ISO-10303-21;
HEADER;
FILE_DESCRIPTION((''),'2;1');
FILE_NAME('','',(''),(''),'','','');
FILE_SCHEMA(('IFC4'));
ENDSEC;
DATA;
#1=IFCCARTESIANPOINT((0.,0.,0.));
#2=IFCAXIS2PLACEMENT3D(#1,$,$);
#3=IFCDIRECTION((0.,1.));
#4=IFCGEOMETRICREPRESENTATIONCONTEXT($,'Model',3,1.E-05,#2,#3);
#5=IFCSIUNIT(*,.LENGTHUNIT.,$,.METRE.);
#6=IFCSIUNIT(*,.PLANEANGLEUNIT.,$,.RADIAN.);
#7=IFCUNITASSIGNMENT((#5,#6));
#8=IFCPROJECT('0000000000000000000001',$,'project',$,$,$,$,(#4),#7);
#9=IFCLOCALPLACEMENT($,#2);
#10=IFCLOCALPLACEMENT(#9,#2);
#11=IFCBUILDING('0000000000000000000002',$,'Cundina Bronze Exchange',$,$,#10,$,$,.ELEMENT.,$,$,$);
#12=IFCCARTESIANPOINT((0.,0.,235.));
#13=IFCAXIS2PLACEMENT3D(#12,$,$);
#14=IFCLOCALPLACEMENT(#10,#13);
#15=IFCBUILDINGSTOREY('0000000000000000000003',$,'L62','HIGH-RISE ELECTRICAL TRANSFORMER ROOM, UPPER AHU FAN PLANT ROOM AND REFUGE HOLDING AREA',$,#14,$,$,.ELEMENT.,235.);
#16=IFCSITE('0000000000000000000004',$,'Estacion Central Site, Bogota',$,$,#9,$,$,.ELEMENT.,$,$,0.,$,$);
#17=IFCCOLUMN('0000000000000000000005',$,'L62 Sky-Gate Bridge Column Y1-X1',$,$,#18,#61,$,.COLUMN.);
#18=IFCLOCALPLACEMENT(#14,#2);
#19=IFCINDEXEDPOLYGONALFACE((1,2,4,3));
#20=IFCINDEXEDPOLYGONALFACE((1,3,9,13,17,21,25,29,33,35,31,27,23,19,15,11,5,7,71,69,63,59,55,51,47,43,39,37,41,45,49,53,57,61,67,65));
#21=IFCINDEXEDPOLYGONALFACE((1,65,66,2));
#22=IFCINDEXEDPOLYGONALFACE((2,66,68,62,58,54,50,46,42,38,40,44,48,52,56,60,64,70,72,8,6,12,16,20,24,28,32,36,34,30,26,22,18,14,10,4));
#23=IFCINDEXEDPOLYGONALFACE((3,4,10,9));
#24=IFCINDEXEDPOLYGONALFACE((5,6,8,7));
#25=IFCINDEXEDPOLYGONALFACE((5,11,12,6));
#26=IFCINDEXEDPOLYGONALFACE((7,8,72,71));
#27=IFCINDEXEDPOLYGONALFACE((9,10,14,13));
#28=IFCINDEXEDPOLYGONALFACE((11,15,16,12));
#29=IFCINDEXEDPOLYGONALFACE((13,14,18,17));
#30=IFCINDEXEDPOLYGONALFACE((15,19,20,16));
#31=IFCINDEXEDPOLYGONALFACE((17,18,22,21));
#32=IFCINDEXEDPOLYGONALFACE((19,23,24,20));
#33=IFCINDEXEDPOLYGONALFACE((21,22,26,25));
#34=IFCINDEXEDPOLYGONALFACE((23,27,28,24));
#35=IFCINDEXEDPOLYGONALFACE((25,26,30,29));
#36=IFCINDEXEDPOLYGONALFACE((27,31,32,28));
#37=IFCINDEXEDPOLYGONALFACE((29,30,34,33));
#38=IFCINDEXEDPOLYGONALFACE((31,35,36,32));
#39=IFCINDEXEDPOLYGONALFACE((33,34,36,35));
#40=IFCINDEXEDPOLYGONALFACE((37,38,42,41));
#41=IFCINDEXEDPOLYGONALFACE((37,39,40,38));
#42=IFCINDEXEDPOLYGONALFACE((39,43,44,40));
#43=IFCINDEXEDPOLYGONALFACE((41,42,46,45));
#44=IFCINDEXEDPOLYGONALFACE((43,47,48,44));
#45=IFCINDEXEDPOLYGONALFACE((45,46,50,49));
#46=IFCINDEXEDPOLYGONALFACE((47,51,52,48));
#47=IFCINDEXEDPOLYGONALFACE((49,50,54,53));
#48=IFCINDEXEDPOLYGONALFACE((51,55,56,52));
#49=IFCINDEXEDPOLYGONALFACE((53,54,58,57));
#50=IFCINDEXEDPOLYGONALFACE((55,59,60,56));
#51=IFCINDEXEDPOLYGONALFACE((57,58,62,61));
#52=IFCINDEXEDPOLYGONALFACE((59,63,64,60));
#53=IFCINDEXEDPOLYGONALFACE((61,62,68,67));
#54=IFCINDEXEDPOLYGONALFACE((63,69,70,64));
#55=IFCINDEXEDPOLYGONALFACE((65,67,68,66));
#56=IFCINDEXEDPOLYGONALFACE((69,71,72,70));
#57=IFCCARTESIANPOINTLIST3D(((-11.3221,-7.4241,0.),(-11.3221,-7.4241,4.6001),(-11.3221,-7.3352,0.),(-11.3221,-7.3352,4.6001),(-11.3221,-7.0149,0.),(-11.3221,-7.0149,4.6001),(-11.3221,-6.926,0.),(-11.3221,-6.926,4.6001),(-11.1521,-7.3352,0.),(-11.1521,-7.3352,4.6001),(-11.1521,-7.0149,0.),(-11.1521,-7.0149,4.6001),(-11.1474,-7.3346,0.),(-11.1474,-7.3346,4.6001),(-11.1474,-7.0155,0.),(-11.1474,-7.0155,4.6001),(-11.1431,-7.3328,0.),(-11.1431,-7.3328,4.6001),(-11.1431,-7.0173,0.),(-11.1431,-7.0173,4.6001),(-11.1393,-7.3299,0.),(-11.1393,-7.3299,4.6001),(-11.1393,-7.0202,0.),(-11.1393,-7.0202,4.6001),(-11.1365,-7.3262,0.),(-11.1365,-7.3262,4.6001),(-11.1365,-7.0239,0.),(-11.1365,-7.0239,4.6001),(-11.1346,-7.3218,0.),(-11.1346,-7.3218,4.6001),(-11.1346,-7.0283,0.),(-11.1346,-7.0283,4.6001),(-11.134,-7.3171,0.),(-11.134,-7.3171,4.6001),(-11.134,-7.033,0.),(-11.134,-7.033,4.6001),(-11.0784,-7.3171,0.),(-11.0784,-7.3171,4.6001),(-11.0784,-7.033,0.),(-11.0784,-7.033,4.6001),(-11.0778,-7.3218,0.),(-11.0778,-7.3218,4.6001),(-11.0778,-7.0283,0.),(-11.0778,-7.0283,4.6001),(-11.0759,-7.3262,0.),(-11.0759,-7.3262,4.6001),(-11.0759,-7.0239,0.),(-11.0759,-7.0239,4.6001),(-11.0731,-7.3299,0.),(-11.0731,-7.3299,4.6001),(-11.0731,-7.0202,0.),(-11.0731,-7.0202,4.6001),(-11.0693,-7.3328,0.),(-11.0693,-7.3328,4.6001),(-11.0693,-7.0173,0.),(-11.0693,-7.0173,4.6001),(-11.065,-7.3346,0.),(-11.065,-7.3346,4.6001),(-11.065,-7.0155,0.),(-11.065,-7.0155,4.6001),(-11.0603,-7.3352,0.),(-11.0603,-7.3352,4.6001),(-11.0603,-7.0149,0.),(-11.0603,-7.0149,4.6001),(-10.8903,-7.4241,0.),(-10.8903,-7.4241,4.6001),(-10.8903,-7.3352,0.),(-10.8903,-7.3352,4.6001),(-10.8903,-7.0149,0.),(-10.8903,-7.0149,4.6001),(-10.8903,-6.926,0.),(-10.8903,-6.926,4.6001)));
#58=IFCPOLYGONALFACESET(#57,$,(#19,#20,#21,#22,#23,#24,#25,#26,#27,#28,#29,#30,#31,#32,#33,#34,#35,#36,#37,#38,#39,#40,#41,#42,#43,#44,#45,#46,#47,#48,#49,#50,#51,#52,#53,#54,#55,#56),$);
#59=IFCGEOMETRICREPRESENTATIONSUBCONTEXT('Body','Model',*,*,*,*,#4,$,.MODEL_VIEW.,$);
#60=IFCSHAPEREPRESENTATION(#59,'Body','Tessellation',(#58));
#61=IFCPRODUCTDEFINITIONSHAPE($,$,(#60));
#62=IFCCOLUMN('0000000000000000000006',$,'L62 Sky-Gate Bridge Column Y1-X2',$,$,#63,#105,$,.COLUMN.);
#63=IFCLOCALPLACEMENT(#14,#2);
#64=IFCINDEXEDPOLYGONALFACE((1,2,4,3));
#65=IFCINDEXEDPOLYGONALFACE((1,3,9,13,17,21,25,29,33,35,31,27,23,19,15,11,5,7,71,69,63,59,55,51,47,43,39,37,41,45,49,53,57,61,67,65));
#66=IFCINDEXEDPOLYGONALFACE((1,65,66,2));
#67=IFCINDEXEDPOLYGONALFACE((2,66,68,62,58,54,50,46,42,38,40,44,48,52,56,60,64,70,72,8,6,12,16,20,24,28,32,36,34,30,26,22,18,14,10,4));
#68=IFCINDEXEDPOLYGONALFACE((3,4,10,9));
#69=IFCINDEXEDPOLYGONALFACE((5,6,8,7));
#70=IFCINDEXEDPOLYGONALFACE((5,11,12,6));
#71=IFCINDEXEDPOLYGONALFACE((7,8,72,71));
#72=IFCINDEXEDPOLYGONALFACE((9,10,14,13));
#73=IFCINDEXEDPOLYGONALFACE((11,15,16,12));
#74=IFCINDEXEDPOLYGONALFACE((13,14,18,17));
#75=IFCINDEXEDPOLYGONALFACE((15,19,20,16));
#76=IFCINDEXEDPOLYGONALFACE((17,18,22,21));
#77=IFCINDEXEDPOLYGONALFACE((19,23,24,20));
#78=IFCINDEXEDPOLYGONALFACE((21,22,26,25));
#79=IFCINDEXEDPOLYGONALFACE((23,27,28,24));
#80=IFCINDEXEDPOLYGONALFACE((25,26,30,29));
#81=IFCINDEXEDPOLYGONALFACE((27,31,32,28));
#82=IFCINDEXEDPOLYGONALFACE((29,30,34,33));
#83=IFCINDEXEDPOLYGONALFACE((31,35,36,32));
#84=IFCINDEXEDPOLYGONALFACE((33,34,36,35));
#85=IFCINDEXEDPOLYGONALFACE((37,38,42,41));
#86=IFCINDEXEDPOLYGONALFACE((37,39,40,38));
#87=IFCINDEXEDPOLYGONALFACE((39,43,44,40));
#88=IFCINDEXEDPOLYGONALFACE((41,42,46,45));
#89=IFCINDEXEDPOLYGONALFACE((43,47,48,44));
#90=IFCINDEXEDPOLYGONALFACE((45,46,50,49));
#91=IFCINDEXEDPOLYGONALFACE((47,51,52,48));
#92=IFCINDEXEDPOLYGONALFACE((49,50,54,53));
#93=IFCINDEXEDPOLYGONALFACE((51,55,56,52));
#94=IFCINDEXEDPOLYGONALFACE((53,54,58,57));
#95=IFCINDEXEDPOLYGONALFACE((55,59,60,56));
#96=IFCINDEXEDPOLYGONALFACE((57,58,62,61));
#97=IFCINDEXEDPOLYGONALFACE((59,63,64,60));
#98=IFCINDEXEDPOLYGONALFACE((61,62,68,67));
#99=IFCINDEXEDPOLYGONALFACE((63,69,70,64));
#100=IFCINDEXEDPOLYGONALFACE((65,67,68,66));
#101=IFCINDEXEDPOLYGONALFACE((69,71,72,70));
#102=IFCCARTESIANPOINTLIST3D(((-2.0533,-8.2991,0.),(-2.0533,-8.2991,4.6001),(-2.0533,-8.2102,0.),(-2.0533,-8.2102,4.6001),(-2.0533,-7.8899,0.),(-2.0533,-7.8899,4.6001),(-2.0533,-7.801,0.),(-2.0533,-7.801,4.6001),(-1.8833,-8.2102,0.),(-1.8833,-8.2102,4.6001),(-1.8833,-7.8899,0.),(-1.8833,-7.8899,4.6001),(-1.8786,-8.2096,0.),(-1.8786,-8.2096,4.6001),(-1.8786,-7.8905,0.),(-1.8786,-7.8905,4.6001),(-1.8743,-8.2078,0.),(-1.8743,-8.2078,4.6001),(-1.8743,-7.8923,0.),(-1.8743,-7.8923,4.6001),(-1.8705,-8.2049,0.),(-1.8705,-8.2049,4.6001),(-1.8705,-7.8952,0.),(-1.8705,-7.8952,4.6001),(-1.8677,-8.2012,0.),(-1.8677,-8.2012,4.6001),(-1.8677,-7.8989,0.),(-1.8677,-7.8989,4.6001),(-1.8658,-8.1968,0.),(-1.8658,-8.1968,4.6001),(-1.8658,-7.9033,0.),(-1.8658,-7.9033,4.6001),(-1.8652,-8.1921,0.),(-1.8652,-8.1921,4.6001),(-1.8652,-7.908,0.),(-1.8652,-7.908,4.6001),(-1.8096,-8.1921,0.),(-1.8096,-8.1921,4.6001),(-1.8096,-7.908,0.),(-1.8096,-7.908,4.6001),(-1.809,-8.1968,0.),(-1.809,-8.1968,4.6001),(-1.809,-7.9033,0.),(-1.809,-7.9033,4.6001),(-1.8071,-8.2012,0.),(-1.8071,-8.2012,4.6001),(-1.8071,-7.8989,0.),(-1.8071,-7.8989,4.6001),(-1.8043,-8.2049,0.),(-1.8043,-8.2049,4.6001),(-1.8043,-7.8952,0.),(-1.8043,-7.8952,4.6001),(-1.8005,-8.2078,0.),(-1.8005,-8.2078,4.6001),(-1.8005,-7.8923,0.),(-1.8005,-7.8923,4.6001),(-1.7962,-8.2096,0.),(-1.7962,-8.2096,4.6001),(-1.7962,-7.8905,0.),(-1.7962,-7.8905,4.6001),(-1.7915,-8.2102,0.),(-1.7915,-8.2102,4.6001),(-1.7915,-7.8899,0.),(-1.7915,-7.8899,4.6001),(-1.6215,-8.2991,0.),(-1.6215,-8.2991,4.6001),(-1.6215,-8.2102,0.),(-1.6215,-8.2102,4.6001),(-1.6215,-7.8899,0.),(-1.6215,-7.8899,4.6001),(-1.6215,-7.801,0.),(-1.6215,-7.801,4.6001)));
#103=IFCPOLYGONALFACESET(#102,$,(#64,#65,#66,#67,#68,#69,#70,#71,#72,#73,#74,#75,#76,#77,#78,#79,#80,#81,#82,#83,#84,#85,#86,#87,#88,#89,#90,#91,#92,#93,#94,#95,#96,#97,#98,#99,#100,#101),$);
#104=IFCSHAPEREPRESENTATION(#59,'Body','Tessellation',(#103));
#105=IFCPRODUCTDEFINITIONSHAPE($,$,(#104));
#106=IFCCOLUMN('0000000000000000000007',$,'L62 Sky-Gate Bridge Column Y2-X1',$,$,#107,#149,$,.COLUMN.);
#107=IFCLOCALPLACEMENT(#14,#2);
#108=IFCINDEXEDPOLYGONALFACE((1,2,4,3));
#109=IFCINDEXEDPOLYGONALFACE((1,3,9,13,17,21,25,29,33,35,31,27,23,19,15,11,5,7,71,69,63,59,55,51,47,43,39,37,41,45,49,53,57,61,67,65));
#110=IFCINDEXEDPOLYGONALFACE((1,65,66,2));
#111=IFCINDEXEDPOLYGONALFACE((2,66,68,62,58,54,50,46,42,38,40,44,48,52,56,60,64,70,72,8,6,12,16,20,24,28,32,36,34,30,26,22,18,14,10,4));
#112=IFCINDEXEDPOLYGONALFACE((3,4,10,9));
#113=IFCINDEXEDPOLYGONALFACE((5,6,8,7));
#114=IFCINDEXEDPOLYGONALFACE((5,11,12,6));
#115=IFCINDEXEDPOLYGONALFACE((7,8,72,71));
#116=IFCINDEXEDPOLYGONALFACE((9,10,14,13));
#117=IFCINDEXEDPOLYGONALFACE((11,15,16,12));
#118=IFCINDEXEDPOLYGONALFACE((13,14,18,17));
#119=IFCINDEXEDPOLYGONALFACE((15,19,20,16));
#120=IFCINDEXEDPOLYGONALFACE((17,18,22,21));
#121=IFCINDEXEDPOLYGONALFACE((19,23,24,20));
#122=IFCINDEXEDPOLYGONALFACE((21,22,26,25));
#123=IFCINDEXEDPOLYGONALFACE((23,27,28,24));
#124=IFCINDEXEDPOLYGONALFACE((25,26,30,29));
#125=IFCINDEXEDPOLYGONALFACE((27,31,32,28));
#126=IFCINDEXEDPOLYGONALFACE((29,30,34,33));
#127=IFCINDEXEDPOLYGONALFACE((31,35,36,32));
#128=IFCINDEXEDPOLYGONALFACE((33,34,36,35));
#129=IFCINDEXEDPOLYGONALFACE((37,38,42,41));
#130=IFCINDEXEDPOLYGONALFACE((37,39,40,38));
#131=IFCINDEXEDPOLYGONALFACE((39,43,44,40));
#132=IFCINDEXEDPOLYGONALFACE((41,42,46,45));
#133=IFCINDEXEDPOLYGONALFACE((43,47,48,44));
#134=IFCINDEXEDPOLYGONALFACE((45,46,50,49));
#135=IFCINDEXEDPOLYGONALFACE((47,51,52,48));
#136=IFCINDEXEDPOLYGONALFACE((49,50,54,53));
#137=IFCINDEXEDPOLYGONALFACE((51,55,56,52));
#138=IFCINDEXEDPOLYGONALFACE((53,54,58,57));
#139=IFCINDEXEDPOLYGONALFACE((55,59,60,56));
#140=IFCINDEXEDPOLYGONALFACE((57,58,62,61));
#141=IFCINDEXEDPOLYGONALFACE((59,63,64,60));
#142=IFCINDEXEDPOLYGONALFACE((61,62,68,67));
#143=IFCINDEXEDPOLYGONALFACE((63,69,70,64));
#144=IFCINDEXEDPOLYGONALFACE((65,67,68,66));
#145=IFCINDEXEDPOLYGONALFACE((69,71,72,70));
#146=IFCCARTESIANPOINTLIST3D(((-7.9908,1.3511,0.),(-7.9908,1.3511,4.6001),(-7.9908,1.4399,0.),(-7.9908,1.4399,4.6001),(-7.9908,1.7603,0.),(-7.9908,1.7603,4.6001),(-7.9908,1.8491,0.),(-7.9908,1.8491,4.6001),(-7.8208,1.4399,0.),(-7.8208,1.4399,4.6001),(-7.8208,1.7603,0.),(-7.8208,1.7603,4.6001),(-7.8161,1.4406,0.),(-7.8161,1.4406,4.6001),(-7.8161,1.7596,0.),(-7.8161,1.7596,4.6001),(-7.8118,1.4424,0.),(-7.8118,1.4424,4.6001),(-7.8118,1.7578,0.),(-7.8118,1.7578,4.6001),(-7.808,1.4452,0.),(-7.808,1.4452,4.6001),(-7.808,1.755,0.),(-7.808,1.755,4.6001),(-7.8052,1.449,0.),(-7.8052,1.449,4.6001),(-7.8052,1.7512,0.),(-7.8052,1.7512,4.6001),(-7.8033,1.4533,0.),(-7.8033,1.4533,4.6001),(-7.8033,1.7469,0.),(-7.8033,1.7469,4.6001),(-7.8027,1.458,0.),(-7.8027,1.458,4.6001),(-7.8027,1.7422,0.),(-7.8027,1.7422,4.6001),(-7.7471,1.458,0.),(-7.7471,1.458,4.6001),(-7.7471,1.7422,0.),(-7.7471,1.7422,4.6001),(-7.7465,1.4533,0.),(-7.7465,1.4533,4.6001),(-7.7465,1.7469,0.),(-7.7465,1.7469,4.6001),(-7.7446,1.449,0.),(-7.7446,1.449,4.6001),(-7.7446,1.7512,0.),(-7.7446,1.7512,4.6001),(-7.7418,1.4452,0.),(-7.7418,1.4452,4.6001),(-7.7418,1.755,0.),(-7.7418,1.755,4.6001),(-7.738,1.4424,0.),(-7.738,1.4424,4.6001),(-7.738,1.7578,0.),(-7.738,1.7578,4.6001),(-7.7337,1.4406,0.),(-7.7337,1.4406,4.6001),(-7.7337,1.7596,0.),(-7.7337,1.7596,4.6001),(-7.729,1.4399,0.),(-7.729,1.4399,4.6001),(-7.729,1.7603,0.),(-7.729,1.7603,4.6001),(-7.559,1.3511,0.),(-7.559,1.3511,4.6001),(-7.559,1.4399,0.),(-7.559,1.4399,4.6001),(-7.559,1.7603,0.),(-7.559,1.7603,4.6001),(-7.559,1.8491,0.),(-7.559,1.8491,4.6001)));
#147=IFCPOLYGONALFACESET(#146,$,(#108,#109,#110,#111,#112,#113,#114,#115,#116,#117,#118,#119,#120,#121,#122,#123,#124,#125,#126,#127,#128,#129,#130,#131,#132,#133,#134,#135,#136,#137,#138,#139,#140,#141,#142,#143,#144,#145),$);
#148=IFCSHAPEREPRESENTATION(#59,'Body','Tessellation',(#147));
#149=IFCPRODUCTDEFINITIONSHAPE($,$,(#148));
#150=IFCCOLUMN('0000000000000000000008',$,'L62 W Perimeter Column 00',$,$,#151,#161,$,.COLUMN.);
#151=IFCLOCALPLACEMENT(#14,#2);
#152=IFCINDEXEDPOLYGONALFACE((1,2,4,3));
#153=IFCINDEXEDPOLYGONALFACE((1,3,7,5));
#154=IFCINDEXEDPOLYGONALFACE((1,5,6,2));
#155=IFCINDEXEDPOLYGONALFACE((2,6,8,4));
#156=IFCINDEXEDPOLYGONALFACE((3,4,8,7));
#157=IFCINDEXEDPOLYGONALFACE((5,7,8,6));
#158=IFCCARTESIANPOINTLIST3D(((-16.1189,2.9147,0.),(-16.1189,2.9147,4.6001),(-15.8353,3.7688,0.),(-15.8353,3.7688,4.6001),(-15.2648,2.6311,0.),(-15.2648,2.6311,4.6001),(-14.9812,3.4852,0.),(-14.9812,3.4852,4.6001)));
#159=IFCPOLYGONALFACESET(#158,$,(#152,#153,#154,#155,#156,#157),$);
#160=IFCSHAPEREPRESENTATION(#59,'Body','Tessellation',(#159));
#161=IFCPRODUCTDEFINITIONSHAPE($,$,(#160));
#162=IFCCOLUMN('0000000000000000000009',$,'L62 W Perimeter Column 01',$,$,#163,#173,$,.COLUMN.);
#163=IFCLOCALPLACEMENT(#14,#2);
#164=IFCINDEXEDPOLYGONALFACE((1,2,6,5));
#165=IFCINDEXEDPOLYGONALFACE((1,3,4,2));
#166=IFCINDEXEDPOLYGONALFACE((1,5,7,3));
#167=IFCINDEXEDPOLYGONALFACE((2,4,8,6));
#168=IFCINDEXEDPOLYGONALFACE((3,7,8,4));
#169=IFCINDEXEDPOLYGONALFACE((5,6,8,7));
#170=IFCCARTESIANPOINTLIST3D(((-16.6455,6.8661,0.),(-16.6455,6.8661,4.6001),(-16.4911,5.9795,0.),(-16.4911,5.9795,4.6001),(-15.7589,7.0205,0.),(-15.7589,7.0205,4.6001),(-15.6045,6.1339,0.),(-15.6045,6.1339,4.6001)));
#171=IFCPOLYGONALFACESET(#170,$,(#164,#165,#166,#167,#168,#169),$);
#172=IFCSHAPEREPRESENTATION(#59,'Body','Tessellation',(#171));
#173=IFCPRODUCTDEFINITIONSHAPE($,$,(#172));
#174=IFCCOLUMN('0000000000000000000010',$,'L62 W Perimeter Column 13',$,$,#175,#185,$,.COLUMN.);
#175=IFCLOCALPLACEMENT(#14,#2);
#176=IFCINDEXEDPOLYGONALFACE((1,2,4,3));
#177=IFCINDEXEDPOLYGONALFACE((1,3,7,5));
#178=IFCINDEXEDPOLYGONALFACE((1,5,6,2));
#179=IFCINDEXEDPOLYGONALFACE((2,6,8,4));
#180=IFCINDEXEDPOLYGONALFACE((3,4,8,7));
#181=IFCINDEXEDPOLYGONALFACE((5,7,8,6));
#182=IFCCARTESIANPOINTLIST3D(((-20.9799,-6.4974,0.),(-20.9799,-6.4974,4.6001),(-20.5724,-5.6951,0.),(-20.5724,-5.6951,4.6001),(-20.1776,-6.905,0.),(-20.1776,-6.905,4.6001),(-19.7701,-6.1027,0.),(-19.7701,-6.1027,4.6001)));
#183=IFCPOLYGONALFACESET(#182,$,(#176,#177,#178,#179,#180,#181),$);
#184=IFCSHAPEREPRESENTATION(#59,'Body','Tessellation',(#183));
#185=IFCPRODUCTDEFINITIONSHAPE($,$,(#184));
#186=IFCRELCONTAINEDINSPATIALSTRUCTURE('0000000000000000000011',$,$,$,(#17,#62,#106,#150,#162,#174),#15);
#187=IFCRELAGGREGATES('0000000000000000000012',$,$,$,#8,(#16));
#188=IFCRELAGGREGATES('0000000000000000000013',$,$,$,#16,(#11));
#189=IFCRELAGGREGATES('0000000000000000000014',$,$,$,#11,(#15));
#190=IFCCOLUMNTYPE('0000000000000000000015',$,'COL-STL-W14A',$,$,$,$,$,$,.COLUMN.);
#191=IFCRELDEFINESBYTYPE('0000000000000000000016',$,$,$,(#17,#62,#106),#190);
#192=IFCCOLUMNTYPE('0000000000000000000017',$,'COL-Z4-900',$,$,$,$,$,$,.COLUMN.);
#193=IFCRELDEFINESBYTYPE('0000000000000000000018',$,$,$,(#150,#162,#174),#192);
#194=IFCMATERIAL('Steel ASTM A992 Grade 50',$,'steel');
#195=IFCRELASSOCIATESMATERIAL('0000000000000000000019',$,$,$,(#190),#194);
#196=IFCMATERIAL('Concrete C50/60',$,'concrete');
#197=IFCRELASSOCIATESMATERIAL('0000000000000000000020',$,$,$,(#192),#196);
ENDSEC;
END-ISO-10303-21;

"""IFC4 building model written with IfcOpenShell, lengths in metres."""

from ifc_helpers import new_model, si_unit, direction, frame, origin, origin_2d, place, context, subcontext, project, spatial, rectangle, i_section, extrude, material, material_profile, profile_set, type_object, element, save


model = new_model("IFC4")

# Units and contexts
model_context = context("Model", 3, precision=1e-05, world=origin(), true_north=direction((0.0, 1.0)))
body_context = subcontext(model_context, "Body", "Model", "MODEL_VIEW")
ifc_project = project(units=[si_unit("LENGTHUNIT", "METRE"), si_unit("PLANEANGLEUNIT", "RADIAN")], contexts=[model_context])

# Site, building, storey
site_placement = place(None, origin())
site = spatial("IfcSite", under=ifc_project, at=site_placement, Name="Estacion Central Site, Bogota", CompositionType="ELEMENT", RefElevation=0.0)
building_placement = place(site_placement, origin())
building = spatial("IfcBuilding", under=site, at=building_placement, Name="Cundina Bronze Exchange", CompositionType="ELEMENT")
storey_placement = place(building_placement, frame((0.0, 0.0, 235.0)))
storey = spatial("IfcBuildingStorey", under=building, at=storey_placement, Name="L62", Description="HIGH-RISE ELECTRICAL TRANSFORMER ROOM, UPPER AHU FAN PLANT ROOM AND REFUGE HOLDING AREA", CompositionType="ELEMENT", Elevation=235.0)

# Columns
ifc_material_1 = material(Name="Steel ASTM A992 Grade 50", Category="steel")
ifc_material_profile_1 = material_profile(ifc_material_1, i_section(OverallWidth=0.4319, OverallDepth=0.498, WebThickness=0.0557, FlangeThickness=0.0889, FilletRadius=0.0181, at=origin_2d()), Name="W14X500", Category="steel")
ifc_profile_set_1 = profile_set([ifc_material_profile_1], Name="Steel ASTM A992 Grade 50")
column_type_1 = type_object("IfcColumnType", Name="COL-STL-W14A", PredefinedType="COLUMN", material=ifc_profile_set_1)
for number, where, z_axis, x_axis, name in (
    (1, (-11.1062, -7.175, 0.0), (0.0, 0.0, 1.0), (1.0, 0.0, 0.0), "L62 Sky-Gate Bridge Column Y1-X1"),
    (2, (-1.8374, -8.05, 0.0), (0.0, 0.0, 1.0), (1.0, 0.0, 0.0), "L62 Sky-Gate Bridge Column Y1-X2"),
    (3, (-7.7749, 1.6001, 0.0), (0.0, 0.0, 1.0), (1.0, 0.0, 0.0), "L62 Sky-Gate Bridge Column Y2-X1"),
):
    element("IfcColumn", number, at=place(storey_placement, frame(where, z_axis=z_axis, x_axis=x_axis)), inside=storey, type_object=column_type_1, Name=name, PredefinedType="COLUMN", context=body_context, shape_type="SweptSolid", body=[
        extrude(i_section(OverallWidth=0.4319, OverallDepth=0.498, WebThickness=0.0557, FlangeThickness=0.0889, FilletRadius=0.0181, at=origin_2d()), origin(), (0.0, 0.0, 1.0), 4.6001),
    ])
ifc_material_2 = material(Name="Concrete C50/60", Category="concrete")
ifc_material_profile_2 = material_profile(ifc_material_2, rectangle(XDim=0.8999, YDim=0.8999, at=origin_2d()), Name="RC900X900", Category="concrete")
ifc_profile_set_2 = profile_set([ifc_material_profile_2], Name="Concrete C50/60")
column_type_2 = type_object("IfcColumnType", Name="COL-Z4-900", PredefinedType="COLUMN", material=ifc_profile_set_2)
for number, where, z_axis, x_axis, name in (
    (4, (-15.55, 3.2, 0.0), (0.0, 0.0, 1.0), (0.315152, 0.949041, 0.0), "L62 W Perimeter Column 00"),
    (5, (-16.125, 6.5, 0.0), (0.0, 0.0, 1.0), (-0.171585, 0.985169, 0.0), "L62 W Perimeter Column 01"),
    (6, (-20.375, -6.3, 0.0), (0.0, 0.0, 1.0), (0.452902, 0.891561, 0.0), "L62 W Perimeter Column 13"),
):
    element("IfcColumn", number, at=place(storey_placement, frame(where, z_axis=z_axis, x_axis=x_axis)), inside=storey, type_object=column_type_2, Name=name, PredefinedType="COLUMN", context=body_context, shape_type="SweptSolid", body=[
        extrude(rectangle(XDim=0.8999, YDim=0.8999, at=origin_2d()), origin(), (0.0, 0.0, 1.0), 4.6001),
    ])

save(model, "model.ifc")
